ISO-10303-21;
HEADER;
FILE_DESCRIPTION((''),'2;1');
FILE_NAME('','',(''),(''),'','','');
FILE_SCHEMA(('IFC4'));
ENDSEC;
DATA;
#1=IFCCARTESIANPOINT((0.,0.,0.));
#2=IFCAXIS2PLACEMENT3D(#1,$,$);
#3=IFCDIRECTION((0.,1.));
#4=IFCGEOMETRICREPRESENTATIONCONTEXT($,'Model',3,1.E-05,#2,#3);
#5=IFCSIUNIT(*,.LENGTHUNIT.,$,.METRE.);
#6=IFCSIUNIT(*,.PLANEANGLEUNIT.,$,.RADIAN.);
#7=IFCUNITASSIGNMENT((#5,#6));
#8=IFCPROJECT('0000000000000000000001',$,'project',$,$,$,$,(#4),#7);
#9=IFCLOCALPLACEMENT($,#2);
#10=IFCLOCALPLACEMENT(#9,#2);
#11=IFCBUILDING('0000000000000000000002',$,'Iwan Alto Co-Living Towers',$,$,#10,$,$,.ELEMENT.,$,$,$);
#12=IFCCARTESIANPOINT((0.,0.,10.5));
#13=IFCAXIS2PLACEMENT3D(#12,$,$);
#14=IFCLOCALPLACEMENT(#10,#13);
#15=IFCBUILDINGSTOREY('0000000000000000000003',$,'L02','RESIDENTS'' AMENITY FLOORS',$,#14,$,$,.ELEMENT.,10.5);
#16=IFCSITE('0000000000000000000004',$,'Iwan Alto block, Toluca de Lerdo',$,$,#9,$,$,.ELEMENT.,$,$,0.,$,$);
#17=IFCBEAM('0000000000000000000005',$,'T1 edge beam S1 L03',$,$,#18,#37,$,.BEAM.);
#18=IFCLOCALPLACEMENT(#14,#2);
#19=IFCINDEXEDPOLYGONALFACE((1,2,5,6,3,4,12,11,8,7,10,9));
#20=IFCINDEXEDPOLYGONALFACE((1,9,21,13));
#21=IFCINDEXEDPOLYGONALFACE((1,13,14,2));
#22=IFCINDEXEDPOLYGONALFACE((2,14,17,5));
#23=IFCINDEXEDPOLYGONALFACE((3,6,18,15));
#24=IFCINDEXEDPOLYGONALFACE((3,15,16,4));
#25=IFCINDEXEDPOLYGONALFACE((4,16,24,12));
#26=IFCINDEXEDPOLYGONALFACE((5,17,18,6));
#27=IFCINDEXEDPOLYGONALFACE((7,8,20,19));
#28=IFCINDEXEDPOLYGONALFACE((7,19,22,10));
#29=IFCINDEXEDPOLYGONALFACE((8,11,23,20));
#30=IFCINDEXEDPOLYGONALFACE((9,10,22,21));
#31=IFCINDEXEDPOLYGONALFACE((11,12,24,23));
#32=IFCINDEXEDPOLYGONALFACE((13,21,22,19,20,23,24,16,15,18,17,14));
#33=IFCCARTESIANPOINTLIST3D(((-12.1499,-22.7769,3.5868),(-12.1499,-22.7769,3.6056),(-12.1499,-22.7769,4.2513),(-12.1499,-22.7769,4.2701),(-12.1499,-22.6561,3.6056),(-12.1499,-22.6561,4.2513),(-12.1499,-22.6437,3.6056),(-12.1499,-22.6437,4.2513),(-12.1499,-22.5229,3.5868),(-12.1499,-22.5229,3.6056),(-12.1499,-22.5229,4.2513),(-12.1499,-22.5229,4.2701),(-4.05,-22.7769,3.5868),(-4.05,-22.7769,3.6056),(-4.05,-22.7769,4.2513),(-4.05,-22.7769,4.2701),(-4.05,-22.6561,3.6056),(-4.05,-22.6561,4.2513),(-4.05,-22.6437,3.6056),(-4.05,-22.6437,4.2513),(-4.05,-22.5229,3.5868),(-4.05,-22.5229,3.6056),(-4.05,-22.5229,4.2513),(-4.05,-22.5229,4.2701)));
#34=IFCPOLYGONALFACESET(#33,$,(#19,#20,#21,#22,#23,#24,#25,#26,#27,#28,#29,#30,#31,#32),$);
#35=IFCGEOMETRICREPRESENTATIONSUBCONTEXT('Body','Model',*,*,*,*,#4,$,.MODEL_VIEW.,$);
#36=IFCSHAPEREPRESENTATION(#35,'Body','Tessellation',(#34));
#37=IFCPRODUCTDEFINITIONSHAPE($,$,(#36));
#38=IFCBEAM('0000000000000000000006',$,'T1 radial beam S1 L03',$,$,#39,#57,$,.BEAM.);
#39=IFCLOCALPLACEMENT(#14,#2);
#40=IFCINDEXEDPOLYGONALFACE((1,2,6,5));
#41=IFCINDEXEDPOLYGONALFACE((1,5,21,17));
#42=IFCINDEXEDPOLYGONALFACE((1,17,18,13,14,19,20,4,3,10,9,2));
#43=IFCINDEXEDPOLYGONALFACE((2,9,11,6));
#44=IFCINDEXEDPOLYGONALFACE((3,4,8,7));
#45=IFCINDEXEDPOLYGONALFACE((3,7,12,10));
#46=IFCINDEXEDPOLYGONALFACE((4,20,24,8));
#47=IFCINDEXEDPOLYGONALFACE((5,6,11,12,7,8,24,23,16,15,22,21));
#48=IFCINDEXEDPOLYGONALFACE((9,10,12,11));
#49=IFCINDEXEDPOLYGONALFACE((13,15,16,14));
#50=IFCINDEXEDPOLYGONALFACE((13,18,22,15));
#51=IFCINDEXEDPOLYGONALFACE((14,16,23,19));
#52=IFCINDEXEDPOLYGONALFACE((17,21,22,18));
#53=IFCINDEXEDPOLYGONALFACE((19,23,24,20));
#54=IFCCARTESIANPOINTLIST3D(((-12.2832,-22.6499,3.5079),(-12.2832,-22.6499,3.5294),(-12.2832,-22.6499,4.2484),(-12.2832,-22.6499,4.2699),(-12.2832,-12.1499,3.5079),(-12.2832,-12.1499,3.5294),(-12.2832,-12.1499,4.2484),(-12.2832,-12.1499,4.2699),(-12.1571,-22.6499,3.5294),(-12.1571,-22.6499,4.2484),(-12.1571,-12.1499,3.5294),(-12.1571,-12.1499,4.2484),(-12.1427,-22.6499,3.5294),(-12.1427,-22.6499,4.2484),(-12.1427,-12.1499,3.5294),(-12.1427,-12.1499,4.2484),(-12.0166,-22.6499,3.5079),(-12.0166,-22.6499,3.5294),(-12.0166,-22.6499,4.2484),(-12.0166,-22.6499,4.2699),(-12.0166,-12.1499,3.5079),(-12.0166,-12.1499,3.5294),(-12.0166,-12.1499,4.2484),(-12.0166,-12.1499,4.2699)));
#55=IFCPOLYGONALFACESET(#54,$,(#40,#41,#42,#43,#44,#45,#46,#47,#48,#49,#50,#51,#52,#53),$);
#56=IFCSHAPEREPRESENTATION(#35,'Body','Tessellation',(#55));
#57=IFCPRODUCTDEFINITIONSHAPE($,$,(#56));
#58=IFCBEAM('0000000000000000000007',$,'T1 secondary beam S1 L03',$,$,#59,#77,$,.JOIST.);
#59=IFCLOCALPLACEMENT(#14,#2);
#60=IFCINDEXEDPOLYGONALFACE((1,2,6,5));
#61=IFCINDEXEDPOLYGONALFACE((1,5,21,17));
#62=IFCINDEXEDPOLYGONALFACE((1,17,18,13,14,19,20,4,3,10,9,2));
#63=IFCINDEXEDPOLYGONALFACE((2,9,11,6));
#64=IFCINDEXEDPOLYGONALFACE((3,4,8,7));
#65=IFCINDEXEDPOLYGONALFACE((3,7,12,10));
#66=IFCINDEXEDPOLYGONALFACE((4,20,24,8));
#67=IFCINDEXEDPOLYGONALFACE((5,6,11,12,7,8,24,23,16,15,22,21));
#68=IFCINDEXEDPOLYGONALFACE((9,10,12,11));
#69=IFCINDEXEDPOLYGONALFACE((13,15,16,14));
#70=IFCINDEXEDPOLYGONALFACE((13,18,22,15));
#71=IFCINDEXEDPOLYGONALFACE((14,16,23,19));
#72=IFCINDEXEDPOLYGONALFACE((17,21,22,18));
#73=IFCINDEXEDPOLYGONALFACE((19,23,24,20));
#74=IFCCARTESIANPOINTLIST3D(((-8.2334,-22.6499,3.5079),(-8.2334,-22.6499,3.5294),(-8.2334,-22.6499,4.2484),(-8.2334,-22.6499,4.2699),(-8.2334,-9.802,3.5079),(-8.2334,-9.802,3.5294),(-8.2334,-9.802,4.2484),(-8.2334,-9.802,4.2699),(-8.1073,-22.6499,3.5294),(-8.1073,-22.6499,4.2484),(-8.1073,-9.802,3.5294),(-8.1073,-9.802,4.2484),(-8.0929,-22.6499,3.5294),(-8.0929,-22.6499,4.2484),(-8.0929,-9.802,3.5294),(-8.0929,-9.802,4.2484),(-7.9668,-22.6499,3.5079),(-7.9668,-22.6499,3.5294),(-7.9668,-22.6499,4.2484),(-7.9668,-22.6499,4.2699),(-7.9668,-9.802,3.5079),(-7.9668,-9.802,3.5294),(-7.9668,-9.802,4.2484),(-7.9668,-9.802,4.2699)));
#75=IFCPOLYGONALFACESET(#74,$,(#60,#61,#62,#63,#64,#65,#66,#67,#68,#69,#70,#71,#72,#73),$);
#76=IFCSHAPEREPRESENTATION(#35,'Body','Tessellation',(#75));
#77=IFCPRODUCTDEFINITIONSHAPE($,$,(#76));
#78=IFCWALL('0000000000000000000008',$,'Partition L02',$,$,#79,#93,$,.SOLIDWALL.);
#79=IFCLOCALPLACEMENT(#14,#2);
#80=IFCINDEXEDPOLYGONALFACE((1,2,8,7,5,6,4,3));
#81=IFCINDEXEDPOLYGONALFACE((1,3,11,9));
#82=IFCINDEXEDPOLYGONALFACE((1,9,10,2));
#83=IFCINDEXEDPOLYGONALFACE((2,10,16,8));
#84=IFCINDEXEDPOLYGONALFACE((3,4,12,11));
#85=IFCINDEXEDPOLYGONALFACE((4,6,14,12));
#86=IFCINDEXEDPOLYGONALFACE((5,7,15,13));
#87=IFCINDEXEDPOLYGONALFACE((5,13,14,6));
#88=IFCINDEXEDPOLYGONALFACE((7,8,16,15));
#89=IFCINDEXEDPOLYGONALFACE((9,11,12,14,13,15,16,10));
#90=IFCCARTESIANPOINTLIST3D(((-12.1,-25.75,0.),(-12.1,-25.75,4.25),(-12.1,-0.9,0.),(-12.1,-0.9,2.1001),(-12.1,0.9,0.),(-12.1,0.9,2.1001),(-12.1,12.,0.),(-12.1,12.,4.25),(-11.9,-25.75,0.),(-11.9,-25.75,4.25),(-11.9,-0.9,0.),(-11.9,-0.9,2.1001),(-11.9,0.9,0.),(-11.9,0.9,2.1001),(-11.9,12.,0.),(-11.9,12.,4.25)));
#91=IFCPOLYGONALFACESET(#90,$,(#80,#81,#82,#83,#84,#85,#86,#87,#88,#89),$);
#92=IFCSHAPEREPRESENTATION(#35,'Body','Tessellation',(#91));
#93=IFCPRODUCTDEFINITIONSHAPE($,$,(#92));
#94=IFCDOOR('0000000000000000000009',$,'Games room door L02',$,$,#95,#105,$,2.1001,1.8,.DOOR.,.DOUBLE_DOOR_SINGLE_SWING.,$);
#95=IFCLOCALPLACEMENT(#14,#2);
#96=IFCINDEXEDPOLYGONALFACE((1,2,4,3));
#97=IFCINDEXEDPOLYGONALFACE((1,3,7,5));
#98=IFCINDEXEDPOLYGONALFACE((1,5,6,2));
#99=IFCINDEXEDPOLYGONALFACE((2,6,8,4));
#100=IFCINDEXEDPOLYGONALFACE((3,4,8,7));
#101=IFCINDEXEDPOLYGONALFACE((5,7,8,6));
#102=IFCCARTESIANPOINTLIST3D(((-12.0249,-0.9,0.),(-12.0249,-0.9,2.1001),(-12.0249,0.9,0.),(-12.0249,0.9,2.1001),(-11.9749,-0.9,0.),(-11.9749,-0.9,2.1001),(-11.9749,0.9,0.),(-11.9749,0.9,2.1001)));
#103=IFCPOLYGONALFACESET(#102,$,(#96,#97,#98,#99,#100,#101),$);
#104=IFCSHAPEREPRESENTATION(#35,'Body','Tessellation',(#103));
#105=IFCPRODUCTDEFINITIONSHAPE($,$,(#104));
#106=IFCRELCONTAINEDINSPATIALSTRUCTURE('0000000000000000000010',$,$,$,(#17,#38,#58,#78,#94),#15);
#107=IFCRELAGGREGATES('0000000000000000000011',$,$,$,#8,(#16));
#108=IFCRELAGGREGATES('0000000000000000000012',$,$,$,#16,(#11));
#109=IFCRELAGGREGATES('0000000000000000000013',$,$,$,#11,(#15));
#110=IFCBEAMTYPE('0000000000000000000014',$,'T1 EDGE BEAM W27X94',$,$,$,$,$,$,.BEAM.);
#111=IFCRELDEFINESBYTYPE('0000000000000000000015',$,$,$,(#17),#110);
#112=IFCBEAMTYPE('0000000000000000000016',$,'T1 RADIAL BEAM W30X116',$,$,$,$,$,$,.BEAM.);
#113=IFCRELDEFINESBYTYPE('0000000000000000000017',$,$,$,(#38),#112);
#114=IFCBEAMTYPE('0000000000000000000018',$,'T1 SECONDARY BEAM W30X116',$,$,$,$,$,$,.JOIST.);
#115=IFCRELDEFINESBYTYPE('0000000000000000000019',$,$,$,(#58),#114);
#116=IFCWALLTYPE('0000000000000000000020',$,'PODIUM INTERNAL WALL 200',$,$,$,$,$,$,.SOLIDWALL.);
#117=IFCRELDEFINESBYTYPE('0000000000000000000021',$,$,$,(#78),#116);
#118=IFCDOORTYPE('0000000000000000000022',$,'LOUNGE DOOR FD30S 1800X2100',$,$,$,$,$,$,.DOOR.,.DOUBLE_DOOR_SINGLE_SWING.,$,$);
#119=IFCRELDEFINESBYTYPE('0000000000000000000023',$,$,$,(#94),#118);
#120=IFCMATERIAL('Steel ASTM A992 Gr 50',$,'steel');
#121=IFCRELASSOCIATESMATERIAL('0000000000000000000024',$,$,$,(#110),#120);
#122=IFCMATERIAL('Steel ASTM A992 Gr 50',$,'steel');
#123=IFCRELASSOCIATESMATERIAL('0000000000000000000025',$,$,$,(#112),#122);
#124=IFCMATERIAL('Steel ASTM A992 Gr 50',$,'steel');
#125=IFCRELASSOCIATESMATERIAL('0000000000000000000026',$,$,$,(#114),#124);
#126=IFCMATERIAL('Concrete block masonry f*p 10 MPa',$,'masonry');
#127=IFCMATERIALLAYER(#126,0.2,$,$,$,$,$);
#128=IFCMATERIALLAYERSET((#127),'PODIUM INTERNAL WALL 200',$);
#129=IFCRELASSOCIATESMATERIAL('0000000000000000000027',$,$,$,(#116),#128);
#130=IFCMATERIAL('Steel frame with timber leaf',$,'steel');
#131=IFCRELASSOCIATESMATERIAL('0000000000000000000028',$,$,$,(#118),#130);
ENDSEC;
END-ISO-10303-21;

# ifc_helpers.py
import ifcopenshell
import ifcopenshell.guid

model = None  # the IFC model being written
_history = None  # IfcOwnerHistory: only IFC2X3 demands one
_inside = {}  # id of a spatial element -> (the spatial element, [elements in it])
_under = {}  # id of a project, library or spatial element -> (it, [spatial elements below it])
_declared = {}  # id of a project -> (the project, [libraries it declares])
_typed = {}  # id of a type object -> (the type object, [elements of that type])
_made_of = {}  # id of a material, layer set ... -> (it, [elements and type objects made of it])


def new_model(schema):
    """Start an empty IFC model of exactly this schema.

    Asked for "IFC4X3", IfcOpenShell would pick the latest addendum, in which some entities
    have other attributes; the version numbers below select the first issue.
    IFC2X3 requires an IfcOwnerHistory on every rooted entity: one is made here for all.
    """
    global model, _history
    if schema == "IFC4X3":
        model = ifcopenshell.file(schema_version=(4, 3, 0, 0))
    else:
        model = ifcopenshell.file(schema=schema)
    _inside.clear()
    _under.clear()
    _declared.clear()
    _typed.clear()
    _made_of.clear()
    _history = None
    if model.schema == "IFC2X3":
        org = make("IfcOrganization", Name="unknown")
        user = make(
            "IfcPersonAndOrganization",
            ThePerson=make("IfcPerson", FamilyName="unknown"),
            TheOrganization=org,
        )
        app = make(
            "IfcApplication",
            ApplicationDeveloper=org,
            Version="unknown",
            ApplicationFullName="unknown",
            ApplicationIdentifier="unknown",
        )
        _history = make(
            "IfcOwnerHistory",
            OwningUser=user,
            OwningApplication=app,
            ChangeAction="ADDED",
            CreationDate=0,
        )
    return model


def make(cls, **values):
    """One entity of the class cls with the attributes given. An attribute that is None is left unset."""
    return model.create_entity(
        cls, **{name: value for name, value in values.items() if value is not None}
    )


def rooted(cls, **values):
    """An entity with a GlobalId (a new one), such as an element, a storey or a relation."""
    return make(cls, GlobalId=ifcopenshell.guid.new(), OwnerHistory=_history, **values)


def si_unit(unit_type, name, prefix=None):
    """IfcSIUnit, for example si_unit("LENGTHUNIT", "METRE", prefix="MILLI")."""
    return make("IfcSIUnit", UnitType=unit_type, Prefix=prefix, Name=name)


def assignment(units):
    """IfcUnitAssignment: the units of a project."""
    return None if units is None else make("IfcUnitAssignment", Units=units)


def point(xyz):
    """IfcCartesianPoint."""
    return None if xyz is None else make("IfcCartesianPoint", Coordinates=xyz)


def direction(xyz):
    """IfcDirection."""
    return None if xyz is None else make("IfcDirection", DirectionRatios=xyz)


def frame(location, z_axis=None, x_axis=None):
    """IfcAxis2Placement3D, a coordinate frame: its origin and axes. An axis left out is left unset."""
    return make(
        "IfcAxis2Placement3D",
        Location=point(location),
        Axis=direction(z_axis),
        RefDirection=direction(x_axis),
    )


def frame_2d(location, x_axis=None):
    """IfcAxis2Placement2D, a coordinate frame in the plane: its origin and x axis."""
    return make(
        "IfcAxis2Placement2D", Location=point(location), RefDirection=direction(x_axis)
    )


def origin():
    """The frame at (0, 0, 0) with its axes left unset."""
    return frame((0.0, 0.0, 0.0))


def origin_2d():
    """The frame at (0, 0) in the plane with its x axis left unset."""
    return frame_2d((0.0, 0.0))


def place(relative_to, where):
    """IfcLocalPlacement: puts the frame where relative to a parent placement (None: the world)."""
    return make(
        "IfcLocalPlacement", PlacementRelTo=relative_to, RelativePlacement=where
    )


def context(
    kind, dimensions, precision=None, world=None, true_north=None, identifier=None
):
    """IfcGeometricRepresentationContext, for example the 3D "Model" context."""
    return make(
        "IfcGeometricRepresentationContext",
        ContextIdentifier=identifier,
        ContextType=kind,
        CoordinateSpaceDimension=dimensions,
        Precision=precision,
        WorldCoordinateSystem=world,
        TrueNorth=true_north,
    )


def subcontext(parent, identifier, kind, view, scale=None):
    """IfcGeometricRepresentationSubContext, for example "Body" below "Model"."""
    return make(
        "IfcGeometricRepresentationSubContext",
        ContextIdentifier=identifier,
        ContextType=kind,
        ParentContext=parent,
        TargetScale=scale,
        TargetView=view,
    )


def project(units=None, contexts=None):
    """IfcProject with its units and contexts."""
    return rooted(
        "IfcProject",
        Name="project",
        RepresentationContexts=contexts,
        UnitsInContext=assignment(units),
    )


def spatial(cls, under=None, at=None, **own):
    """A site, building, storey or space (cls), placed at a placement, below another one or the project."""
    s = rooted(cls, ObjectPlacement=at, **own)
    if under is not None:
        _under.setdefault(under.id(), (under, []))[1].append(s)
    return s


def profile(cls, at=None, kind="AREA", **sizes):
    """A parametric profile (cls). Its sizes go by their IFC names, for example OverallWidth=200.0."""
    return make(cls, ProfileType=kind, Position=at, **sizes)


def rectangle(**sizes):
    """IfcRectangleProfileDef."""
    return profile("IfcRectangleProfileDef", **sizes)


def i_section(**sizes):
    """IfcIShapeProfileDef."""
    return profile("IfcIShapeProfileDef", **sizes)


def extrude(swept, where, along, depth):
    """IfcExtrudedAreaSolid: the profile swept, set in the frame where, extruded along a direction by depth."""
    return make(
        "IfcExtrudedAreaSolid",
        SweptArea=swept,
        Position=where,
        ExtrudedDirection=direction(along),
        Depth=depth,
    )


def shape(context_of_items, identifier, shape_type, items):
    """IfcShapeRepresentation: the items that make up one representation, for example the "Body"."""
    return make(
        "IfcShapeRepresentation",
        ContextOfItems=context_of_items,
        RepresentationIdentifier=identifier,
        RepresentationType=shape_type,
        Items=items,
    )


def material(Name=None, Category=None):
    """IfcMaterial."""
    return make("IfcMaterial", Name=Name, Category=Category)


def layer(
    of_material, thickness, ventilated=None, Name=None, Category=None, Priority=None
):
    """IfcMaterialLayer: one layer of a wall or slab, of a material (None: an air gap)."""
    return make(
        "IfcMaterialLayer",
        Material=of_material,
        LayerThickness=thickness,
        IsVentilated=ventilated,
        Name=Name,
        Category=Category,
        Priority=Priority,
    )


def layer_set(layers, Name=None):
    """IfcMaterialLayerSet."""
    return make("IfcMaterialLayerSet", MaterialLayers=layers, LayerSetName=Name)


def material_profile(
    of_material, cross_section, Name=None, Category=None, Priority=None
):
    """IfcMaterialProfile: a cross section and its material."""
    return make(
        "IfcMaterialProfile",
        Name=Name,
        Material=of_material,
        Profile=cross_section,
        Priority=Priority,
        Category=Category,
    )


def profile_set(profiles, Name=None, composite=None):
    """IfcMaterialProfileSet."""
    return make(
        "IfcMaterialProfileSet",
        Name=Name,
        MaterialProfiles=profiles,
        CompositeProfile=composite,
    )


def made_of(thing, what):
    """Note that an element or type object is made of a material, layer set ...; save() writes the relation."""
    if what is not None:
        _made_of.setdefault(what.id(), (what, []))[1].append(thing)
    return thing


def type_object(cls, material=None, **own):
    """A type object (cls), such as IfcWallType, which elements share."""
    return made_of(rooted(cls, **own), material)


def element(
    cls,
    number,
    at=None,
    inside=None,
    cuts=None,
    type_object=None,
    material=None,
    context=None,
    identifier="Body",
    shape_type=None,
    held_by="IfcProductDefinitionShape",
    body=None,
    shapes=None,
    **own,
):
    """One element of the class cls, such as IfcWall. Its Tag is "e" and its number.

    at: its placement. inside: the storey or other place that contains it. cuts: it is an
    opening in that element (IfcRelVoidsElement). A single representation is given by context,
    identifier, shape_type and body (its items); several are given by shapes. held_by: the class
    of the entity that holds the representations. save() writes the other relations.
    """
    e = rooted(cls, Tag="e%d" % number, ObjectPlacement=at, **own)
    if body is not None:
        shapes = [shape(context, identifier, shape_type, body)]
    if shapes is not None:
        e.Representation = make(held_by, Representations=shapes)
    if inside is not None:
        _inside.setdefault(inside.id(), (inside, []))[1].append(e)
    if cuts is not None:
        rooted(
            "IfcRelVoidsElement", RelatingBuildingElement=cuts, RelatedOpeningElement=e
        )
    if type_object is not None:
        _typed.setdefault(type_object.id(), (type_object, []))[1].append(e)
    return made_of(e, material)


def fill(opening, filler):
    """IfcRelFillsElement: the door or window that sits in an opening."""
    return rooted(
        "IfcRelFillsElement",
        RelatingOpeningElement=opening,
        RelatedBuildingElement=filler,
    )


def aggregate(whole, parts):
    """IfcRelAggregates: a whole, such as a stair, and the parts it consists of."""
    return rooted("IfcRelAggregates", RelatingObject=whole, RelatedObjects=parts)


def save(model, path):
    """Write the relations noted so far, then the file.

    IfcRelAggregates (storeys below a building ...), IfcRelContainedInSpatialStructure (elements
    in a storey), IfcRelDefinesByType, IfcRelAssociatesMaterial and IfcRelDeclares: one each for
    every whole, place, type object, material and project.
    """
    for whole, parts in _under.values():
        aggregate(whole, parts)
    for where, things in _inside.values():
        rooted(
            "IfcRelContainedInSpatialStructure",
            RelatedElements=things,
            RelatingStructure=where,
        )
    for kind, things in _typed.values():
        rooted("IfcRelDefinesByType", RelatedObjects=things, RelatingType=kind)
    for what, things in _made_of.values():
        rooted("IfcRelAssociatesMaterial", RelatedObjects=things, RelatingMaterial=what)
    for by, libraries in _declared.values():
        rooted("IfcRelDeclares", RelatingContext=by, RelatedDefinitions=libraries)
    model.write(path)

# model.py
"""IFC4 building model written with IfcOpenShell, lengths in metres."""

from ifc_helpers import new_model, si_unit, direction, frame, frame_2d, origin, origin_2d, place, context, subcontext, project, spatial, rectangle, i_section, extrude, material, layer, layer_set, material_profile, profile_set, type_object, element, fill, save


model = new_model("IFC4")

# Units and contexts
model_context = context("Model", 3, precision=1e-05, world=origin(), true_north=direction((0.0, 1.0)))
body_context = subcontext(model_context, "Body", "Model", "MODEL_VIEW")
ifc_project = project(units=[si_unit("LENGTHUNIT", "METRE"), si_unit("PLANEANGLEUNIT", "RADIAN")], contexts=[model_context])

# Site, building, storey
site_placement = place(None, origin())
site = spatial("IfcSite", under=ifc_project, at=site_placement, Name="Iwan Alto block, Toluca de Lerdo", CompositionType="ELEMENT", RefElevation=0.0)
building_placement = place(site_placement, origin())
building = spatial("IfcBuilding", under=site, at=building_placement, Name="Iwan Alto Co-Living Towers", CompositionType="ELEMENT")
storey_placement = place(building_placement, frame((0.0, 0.0, 10.5)))
storey = spatial("IfcBuildingStorey", under=building, at=storey_placement, Name="L02", Description="RESIDENTS' AMENITY FLOORS", CompositionType="ELEMENT", Elevation=10.5)

# Beams
ifc_material_1 = material(Name="Steel ASTM A992 Gr 50", Category="steel")
ifc_material_profile_1 = material_profile(ifc_material_1, i_section(OverallWidth=0.2539, OverallDepth=0.6833, WebThickness=0.0125, FlangeThickness=0.0188, at=origin_2d()), Name="W27X94")
ifc_profile_set_1 = profile_set([ifc_material_profile_1], Name="Steel ASTM A992 Gr 50")
beam_type_1 = type_object("IfcBeamType", Name="T1 EDGE BEAM W27X94", PredefinedType="BEAM", material=ifc_profile_set_1)
beam_1_placement = place(storey_placement, frame((-12.1499, -22.6499, 3.9285), z_axis=(1.0, 0.0, 0.0), x_axis=(0.0, 1.0, 0.0)))
element("IfcBeam", 1, at=beam_1_placement, inside=storey, type_object=beam_type_1, Name="T1 edge beam S1 L03", PredefinedType="BEAM", context=body_context, shape_type="SweptSolid", body=[
    extrude(i_section(OverallWidth=0.2539, OverallDepth=0.6833, WebThickness=0.0125, FlangeThickness=0.0188, at=origin_2d()), origin(), (0.0, 0.0, 1.0), 8.0999),
])
ifc_material_2 = material(Name="Steel ASTM A992 Gr 50", Category="steel")
ifc_material_profile_2 = material_profile(ifc_material_2, i_section(OverallWidth=0.2666, OverallDepth=0.762, WebThickness=0.0144, FlangeThickness=0.0215, at=origin_2d()), Name="W30X116")
ifc_profile_set_2 = profile_set([ifc_material_profile_2], Name="Steel ASTM A992 Gr 50")
beam_type_2 = type_object("IfcBeamType", Name="T1 RADIAL BEAM W30X116", PredefinedType="BEAM", material=ifc_profile_set_2)
beam_2_placement = place(storey_placement, frame((-12.1499, -22.6499, 3.8889), z_axis=(0.0, 1.0, 0.0), x_axis=(-1.0, 0.0, 0.0)))
element("IfcBeam", 2, at=beam_2_placement, inside=storey, type_object=beam_type_2, Name="T1 radial beam S1 L03", PredefinedType="BEAM", context=body_context, shape_type="SweptSolid", body=[
    extrude(i_section(OverallWidth=0.2666, OverallDepth=0.762, WebThickness=0.0144, FlangeThickness=0.0215, at=origin_2d()), origin(), (0.0, 0.0, 1.0), 10.5),
])
ifc_material_3 = material(Name="Steel ASTM A992 Gr 50", Category="steel")
ifc_material_profile_3 = material_profile(ifc_material_3, i_section(OverallWidth=0.2666, OverallDepth=0.762, WebThickness=0.0144, FlangeThickness=0.0215, at=origin_2d()), Name="W30X116")
ifc_profile_set_3 = profile_set([ifc_material_profile_3], Name="Steel ASTM A992 Gr 50")
beam_type_3 = type_object("IfcBeamType", Name="T1 SECONDARY BEAM W30X116", PredefinedType="JOIST", material=ifc_profile_set_3)
beam_3_placement = place(storey_placement, frame((-8.1001, -22.6499, 3.8889), z_axis=(0.0, 1.0, 0.0), x_axis=(-1.0, 0.0, 0.0)))
element("IfcBeam", 3, at=beam_3_placement, inside=storey, type_object=beam_type_3, Name="T1 secondary beam S1 L03", PredefinedType="JOIST", context=body_context, shape_type="SweptSolid", body=[
    extrude(i_section(OverallWidth=0.2666, OverallDepth=0.762, WebThickness=0.0144, FlangeThickness=0.0215, at=origin_2d()), origin(), (0.0, 0.0, 1.0), 12.8479),
])

# Wall, opening, door
ifc_material_4 = material(Name="Concrete block masonry f*p 10 MPa", Category="masonry")
ifc_layer = layer(ifc_material_4, 0.2)
ifc_layer_set = layer_set([ifc_layer], Name="PODIUM INTERNAL WALL 200")
wall_type = type_object("IfcWallType", Name="PODIUM INTERNAL WALL 200", PredefinedType="SOLIDWALL", material=ifc_layer_set)
wall_placement = place(storey_placement, frame((-12.0, -25.75, 0.0), z_axis=(0.0, 0.0, 1.0), x_axis=(0.0, 1.0, 0.0)))
wall = element("IfcWall", 4, at=wall_placement, inside=storey, type_object=wall_type, Name="Partition L02", PredefinedType="SOLIDWALL", context=body_context, shape_type="SweptSolid", body=[
    extrude(rectangle(XDim=37.75, YDim=0.2, at=frame_2d((18.875, 0.0))), origin(), (0.0, 0.0, 1.0), 4.25),
])
opening_placement = place(wall_placement, frame((24.8501, 0.0, 0.0)))
opening = element("IfcOpeningElement", 5, at=opening_placement, cuts=wall, PredefinedType="OPENING", context=body_context, shape_type="SweptSolid", body=[
    extrude(rectangle(XDim=1.8, YDim=2.1001, at=frame_2d((0.8999, 1.05))), frame((0.0, 0.1099, 0.0), z_axis=(0.0, -1.0, 0.0), x_axis=(1.0, 0.0, 0.0)), (0.0, 0.0, 1.0), 0.22),
])
ifc_material_5 = material(Name="Steel frame with timber leaf", Category="steel")
door_type = type_object("IfcDoorType", Name="LOUNGE DOOR FD30S 1800X2100", OperationType="DOUBLE_DOOR_SINGLE_SWING", PredefinedType="DOOR", material=ifc_material_5)
door_placement = place(opening_placement, origin())
door = element("IfcDoor", 6, at=door_placement, inside=storey, type_object=door_type, Name="Games room door L02", OperationType="DOUBLE_DOOR_SINGLE_SWING", OverallHeight=2.1001, OverallWidth=1.8, PredefinedType="DOOR", context=body_context, shape_type="SweptSolid", body=[
    extrude(rectangle(XDim=1.8, YDim=2.1001, at=frame_2d((0.8999, 1.05))), frame((0.0, 0.0249, 0.0), z_axis=(0.0, -1.0, 0.0), x_axis=(1.0, 0.0, 0.0)), (0.0, 0.0, 1.0), 0.05),
])
fill(opening, door)

save(model, "model.ifc")
